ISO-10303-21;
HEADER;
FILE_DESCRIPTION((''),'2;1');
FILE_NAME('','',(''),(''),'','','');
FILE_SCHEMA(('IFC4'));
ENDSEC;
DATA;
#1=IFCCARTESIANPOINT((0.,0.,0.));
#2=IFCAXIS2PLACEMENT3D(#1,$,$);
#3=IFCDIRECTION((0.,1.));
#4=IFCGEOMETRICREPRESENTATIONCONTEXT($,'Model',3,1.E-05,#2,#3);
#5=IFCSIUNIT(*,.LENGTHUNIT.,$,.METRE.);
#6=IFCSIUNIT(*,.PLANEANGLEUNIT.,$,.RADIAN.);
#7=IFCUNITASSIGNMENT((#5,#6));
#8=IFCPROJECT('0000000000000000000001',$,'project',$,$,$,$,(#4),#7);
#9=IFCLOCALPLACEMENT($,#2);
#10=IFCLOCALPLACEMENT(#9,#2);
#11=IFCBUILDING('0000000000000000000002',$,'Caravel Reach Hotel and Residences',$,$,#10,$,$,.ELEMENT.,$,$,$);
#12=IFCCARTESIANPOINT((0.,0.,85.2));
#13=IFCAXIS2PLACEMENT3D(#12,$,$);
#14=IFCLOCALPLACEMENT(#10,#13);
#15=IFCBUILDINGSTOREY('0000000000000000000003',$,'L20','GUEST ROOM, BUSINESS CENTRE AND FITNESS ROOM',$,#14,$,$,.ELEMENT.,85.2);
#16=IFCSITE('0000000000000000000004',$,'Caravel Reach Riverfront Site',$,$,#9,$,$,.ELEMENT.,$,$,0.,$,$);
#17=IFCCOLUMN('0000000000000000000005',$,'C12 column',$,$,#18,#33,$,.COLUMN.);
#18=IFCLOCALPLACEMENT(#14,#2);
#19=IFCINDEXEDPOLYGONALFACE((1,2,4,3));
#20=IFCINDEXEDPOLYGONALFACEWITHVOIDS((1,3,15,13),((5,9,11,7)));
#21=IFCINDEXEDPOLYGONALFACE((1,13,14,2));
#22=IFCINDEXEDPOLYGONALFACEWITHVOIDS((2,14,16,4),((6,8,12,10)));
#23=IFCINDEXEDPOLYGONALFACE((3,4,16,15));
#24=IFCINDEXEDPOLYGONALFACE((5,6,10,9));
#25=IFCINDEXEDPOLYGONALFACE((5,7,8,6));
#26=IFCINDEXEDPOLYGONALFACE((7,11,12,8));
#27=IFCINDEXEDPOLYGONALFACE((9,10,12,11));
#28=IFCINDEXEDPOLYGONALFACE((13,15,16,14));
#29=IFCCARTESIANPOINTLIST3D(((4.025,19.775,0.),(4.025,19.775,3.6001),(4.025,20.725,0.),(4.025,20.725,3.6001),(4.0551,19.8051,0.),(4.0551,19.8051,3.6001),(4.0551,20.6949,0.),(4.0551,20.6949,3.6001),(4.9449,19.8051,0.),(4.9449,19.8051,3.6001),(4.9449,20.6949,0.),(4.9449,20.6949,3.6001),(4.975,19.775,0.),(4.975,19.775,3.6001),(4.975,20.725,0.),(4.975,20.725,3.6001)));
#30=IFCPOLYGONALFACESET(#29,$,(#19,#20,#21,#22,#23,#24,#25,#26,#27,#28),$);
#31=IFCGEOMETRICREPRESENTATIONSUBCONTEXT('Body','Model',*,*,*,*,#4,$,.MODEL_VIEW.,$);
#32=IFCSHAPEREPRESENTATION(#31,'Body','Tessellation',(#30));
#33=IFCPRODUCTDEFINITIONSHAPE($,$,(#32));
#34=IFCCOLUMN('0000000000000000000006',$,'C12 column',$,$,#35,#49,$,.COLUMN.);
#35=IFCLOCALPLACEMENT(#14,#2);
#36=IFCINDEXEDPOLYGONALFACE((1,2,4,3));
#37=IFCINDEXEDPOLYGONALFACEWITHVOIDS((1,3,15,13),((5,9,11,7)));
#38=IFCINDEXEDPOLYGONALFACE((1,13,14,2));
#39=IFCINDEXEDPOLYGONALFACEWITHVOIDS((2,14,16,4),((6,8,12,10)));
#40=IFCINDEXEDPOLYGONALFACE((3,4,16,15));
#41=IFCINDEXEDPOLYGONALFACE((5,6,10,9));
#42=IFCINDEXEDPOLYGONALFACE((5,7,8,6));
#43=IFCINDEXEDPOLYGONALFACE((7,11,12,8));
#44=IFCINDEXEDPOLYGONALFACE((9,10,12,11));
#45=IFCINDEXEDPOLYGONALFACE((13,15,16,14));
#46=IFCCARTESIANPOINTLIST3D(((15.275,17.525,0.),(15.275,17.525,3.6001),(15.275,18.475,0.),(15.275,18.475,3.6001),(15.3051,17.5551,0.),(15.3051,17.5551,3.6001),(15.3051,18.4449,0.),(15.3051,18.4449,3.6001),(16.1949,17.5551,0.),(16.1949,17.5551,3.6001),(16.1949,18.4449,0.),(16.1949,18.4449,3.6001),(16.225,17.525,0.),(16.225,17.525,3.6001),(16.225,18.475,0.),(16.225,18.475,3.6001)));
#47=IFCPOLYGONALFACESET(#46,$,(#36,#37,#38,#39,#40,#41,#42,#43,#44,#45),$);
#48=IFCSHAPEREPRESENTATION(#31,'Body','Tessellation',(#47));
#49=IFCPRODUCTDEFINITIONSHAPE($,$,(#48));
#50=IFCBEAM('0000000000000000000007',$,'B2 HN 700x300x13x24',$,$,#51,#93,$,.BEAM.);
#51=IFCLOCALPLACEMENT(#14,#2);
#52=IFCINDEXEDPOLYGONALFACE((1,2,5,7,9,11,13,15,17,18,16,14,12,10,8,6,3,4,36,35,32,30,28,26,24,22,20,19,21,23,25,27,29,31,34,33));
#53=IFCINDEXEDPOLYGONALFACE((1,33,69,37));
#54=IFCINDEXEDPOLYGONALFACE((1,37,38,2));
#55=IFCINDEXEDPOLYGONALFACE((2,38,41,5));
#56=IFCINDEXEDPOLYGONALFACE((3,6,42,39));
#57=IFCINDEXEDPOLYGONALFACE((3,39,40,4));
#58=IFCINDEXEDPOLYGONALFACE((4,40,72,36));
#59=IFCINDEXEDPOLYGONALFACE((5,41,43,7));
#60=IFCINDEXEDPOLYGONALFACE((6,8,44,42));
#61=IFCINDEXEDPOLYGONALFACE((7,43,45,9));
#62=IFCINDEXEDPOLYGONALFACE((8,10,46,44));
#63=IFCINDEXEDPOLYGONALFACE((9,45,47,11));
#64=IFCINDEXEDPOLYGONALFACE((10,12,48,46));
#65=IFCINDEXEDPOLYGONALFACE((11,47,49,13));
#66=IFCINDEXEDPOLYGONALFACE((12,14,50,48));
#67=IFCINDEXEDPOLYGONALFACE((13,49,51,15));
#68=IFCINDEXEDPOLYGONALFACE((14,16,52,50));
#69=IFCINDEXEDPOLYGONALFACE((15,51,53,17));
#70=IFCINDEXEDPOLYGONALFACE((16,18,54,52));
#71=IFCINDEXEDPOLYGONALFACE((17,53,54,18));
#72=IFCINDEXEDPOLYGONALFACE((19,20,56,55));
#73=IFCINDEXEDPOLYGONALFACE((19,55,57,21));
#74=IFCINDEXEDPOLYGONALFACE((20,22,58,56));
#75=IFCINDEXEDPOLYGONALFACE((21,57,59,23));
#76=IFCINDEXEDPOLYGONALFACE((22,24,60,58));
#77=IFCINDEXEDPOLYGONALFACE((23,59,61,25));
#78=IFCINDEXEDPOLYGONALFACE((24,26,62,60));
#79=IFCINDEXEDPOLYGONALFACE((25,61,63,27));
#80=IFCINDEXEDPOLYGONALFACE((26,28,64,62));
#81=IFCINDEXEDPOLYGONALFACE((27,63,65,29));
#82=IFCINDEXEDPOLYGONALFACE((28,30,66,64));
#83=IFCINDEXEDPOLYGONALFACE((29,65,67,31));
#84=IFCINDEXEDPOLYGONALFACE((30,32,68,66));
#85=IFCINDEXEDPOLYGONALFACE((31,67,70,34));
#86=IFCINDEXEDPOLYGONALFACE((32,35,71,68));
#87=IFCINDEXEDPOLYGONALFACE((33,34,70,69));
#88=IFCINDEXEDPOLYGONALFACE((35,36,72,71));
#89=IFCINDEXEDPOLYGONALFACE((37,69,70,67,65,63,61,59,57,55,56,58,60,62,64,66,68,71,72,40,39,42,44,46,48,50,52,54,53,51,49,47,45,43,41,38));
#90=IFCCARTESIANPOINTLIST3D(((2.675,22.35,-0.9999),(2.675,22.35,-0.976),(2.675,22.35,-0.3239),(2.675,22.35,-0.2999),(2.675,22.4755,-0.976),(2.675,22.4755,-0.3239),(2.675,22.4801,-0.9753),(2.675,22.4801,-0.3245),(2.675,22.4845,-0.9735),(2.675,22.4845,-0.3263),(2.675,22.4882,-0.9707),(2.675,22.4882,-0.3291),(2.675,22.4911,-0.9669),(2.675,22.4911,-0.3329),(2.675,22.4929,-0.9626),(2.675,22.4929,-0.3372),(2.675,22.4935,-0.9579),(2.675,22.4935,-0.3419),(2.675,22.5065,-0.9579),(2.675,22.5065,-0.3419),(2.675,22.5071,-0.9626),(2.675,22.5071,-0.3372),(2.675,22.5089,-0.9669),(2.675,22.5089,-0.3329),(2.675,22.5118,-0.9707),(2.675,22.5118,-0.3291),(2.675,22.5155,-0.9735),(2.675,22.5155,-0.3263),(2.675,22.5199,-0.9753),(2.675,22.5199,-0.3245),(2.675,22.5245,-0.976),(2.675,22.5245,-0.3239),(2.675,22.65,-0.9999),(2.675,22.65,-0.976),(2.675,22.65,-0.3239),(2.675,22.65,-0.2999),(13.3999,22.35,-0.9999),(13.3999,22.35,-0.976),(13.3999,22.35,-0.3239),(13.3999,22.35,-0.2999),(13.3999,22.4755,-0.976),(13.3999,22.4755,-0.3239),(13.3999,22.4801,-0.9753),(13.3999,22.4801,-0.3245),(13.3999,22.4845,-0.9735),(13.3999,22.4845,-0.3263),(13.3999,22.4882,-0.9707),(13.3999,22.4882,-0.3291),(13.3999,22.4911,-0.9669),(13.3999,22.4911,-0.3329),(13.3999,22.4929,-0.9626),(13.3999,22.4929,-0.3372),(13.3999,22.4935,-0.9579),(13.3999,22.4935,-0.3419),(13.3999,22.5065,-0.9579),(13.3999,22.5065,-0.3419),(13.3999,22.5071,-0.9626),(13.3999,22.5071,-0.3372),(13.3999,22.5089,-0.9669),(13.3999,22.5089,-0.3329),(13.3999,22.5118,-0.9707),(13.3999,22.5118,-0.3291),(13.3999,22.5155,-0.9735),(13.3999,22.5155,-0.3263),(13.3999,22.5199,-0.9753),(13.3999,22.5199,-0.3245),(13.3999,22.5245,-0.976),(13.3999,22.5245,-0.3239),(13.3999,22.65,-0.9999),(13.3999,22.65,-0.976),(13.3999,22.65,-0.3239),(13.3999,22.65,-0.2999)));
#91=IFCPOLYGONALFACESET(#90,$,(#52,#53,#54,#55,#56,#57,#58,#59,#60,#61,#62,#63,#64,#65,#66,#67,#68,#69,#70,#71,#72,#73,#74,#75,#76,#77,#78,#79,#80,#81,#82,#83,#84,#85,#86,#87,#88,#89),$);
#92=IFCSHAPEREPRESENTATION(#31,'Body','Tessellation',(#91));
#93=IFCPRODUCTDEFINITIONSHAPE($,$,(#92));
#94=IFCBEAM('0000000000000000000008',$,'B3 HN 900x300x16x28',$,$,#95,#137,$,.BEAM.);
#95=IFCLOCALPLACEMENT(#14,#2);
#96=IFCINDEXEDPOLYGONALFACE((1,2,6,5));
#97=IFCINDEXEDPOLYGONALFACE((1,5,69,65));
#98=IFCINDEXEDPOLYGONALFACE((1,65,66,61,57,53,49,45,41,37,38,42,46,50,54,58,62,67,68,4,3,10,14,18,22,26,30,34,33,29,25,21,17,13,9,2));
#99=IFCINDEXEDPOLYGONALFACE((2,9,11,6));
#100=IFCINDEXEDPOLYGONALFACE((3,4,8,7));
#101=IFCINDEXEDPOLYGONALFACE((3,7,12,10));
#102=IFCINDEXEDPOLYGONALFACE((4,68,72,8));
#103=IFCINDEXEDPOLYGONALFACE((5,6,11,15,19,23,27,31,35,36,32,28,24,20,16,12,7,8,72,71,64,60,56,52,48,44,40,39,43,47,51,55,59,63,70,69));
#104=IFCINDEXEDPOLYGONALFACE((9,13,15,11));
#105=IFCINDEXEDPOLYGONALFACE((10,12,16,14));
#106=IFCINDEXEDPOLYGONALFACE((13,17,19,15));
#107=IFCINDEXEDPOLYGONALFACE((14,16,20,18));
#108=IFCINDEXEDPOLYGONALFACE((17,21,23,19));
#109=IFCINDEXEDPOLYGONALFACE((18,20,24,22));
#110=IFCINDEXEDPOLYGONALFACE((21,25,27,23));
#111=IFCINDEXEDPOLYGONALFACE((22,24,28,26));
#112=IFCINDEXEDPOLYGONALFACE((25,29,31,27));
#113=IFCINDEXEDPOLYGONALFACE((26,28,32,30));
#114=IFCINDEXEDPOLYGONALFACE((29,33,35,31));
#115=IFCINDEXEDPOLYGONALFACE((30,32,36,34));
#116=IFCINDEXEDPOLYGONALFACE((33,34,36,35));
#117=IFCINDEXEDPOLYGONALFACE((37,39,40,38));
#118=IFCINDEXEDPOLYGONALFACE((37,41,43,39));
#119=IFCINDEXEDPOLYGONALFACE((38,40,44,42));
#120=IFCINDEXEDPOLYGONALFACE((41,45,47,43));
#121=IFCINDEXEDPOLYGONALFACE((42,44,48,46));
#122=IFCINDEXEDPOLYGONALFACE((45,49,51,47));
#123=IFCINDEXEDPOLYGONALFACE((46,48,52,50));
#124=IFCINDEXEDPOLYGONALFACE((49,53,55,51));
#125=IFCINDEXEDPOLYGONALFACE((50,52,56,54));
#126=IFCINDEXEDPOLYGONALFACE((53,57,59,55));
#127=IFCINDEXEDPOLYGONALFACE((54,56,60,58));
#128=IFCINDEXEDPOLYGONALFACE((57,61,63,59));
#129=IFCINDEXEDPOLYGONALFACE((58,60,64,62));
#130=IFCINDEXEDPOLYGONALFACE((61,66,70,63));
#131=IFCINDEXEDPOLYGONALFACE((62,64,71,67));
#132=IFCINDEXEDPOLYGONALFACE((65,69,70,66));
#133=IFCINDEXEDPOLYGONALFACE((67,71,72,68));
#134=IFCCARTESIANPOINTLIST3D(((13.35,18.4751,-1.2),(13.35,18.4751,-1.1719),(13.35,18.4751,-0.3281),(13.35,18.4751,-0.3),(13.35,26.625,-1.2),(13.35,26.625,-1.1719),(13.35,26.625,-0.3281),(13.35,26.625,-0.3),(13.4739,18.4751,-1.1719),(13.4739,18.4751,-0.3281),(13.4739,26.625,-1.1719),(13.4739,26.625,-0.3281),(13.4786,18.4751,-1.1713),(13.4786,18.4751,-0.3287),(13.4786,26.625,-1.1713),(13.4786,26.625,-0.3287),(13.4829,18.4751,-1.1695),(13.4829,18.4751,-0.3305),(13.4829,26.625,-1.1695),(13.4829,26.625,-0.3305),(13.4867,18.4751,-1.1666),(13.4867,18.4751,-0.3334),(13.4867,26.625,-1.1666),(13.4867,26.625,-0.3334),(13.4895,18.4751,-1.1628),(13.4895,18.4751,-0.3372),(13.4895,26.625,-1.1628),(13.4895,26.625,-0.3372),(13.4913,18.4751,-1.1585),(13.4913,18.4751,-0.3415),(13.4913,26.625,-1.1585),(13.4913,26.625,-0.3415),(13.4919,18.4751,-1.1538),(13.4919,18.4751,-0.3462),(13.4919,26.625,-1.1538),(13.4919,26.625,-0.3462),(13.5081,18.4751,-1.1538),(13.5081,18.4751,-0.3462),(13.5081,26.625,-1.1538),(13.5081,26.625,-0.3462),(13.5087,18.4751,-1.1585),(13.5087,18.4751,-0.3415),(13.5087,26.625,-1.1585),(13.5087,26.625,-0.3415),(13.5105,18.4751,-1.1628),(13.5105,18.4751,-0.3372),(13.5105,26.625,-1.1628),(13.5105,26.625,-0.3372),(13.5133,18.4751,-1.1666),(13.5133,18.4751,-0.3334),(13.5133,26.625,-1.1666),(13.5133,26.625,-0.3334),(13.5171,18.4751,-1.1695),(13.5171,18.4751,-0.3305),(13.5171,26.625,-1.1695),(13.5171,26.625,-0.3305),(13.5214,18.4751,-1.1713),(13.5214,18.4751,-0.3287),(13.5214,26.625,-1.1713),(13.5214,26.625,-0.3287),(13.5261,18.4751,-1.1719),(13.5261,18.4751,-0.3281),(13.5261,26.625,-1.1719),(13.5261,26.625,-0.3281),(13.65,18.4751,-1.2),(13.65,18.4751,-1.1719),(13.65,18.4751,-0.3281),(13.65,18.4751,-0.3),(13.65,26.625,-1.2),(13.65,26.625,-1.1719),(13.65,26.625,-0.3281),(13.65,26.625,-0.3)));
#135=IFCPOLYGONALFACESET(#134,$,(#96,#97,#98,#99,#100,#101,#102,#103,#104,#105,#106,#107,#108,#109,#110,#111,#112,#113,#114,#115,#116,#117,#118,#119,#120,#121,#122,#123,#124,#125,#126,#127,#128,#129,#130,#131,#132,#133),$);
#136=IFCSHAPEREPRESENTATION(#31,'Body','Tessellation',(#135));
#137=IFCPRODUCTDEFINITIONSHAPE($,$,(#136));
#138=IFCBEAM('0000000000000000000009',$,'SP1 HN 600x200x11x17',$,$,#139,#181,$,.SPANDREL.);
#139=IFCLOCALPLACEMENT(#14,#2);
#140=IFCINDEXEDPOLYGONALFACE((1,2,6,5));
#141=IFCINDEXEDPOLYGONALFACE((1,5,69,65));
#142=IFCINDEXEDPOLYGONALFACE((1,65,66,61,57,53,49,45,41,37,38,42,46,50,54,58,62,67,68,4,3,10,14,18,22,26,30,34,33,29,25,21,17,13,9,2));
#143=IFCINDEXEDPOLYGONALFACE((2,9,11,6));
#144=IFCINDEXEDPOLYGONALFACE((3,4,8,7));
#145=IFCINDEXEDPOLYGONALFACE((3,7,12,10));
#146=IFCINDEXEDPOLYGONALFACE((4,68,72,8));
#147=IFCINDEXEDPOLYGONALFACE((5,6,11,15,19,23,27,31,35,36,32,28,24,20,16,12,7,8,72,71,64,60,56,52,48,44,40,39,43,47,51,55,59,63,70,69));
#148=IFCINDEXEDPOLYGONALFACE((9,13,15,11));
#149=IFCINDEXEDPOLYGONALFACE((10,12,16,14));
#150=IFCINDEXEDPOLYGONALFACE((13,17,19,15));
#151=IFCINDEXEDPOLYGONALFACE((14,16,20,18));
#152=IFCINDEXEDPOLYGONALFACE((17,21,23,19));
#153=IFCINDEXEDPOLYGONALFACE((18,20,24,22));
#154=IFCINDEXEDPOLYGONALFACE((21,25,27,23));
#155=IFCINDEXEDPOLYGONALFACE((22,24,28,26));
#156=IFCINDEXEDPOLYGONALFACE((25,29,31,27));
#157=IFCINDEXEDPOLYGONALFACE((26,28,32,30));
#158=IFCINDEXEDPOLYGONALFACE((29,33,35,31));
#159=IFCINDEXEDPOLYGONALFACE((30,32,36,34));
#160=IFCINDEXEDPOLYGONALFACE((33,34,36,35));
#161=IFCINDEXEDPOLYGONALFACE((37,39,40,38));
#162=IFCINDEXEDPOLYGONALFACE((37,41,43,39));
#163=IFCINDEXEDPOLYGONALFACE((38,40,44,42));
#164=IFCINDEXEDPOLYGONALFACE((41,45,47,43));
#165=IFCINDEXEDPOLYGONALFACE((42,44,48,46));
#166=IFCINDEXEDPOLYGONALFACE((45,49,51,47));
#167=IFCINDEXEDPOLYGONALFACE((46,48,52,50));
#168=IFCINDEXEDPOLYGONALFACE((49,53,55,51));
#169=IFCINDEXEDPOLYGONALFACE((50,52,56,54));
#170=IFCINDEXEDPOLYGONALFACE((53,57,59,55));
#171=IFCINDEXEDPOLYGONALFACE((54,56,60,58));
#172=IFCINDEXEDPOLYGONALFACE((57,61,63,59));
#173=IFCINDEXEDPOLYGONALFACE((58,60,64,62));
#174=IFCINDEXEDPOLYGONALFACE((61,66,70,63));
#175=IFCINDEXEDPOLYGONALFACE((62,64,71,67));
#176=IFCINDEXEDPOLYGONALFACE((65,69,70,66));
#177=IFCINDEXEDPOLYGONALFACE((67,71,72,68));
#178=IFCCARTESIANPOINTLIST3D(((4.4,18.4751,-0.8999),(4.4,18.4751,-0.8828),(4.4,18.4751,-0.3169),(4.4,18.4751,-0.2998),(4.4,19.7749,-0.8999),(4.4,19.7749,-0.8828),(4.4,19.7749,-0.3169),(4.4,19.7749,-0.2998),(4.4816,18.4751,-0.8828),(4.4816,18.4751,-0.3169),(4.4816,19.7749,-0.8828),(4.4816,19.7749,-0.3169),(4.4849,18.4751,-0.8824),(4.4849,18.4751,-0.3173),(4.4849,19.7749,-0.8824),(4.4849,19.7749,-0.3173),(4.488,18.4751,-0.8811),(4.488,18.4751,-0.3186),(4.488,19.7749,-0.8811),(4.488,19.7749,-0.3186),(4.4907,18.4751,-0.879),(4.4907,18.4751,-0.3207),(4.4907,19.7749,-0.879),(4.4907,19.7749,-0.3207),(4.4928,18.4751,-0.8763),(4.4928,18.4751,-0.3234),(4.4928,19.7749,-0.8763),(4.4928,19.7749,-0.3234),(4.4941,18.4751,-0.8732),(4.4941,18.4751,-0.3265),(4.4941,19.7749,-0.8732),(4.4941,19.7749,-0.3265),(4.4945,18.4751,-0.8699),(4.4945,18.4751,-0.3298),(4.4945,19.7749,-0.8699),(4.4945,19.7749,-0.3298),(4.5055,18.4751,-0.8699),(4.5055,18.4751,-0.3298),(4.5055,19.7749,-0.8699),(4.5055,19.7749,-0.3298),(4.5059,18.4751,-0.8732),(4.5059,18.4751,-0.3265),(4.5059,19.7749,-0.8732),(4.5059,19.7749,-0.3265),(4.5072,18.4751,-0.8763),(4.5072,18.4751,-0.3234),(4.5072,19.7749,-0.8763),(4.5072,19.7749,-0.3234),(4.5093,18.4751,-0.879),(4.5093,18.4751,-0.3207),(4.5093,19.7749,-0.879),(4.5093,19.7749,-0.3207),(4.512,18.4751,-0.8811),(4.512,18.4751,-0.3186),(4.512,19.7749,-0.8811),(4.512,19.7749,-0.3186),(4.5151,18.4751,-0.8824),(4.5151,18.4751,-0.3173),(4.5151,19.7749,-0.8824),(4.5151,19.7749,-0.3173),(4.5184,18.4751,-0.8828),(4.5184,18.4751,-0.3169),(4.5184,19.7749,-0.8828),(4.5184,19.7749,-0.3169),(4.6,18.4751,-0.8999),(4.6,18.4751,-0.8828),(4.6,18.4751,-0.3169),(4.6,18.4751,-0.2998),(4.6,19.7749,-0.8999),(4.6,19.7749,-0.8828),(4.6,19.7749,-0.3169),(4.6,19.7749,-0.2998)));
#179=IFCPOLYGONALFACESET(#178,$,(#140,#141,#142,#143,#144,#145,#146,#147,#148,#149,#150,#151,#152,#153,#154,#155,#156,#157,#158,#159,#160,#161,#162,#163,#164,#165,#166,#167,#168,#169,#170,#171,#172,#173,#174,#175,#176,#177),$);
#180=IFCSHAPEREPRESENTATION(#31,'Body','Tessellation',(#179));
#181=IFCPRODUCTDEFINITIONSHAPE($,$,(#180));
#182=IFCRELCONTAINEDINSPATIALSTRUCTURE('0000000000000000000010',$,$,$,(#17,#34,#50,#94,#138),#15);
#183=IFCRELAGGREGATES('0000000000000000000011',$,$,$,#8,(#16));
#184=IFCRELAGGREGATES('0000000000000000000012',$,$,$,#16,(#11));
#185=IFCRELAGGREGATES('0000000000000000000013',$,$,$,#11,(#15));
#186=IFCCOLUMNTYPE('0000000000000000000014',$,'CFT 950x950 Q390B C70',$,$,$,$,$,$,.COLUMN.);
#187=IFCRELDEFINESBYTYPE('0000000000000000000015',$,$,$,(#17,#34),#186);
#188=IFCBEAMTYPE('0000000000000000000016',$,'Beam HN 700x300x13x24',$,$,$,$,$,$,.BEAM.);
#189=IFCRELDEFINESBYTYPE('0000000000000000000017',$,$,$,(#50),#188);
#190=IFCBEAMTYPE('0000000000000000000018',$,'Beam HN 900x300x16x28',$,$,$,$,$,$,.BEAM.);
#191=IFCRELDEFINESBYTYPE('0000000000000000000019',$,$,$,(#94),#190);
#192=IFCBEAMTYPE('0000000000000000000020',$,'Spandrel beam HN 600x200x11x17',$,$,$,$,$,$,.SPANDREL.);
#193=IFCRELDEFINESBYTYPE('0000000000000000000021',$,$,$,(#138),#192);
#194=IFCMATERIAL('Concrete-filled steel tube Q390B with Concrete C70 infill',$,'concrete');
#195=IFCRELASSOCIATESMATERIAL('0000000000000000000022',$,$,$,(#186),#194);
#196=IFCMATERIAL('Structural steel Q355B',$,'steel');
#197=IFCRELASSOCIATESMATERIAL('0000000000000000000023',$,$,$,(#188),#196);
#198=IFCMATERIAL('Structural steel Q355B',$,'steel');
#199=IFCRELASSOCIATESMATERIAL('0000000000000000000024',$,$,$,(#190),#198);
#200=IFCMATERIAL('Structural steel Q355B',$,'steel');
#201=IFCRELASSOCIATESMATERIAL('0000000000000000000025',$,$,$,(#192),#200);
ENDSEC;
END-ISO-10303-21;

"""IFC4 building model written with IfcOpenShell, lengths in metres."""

from ifc_helpers import new_model, si_unit, direction, frame, origin, origin_2d, place, context, subcontext, project, spatial, hollow_rectangle, i_section, extrude, material, material_profile, profile_set, type_object, element, save


model = new_model("IFC4")

# Units and contexts
model_context = context("Model", 3, precision=1e-05, world=origin(), true_north=direction((0.0, 1.0)))
body_context = subcontext(model_context, "Body", "Model", "MODEL_VIEW")
ifc_project = project(units=[si_unit("LENGTHUNIT", "METRE"), si_unit("PLANEANGLEUNIT", "RADIAN")], contexts=[model_context])

# Site, building, storey
site_placement = place(None, origin())
site = spatial("IfcSite", under=ifc_project, at=site_placement, Name="Caravel Reach Riverfront Site", CompositionType="ELEMENT", RefElevation=0.0)
building_placement = place(site_placement, origin())
building = spatial("IfcBuilding", under=site, at=building_placement, Name="Caravel Reach Hotel and Residences", CompositionType="ELEMENT")
storey_placement = place(building_placement, frame((0.0, 0.0, 85.2)))
storey = spatial("IfcBuildingStorey", under=building, at=storey_placement, Name="L20", Description="GUEST ROOM, BUSINESS CENTRE AND FITNESS ROOM", CompositionType="ELEMENT", Elevation=85.2)

# Columns
ifc_material_1 = material(Name="Concrete-filled steel tube Q390B with Concrete C70 infill", Category="concrete")
ifc_material_profile_1 = material_profile(ifc_material_1, hollow_rectangle(XDim=0.95, YDim=0.95, WallThickness=0.03, at=origin_2d()), Name="RHS 950x950x30")
ifc_profile_set_1 = profile_set([ifc_material_profile_1], Name="Concrete-filled steel tube Q390B with Concrete C70 infill")
column_type = type_object("IfcColumnType", Name="CFT 950x950 Q390B C70", PredefinedType="COLUMN", material=ifc_profile_set_1)
for number, where, z_axis, x_axis, name in (
    (1, (4.5, 20.25, 0.0), (0.0, 0.0, 1.0), (1.0, 0.0, 0.0), "C12 column"),
    (2, (15.75, 18.0, 0.0), (0.0, 0.0, 1.0), (1.0, 0.0, 0.0), "C12 column"),
):
    element("IfcColumn", number, at=place(storey_placement, frame(where, z_axis=z_axis, x_axis=x_axis)), inside=storey, type_object=column_type, Name=name, PredefinedType="COLUMN", context=body_context, shape_type="SweptSolid", body=[
        extrude(hollow_rectangle(XDim=0.95, YDim=0.95, WallThickness=0.03, at=origin_2d()), origin(), (0.0, 0.0, 1.0), 3.6001),
    ])

# Beams
ifc_material_2 = material(Name="Structural steel Q355B", Category="steel")
ifc_material_profile_2 = material_profile(ifc_material_2, i_section(OverallWidth=0.3, OverallDepth=0.7, WebThickness=0.0129, FlangeThickness=0.0239, FilletRadius=0.0181, at=origin_2d()), Name="HN 700x300x13x24")
ifc_profile_set_2 = profile_set([ifc_material_profile_2], Name="Structural steel Q355B")
beam_type_1 = type_object("IfcBeamType", Name="Beam HN 700x300x13x24", PredefinedType="BEAM", material=ifc_profile_set_2)
beam_1_placement = place(storey_placement, frame((13.3999, 22.5, -0.6499), z_axis=(-1.0, 0.0, 0.0), x_axis=(0.0, -1.0, 0.0)))
element("IfcBeam", 3, at=beam_1_placement, inside=storey, type_object=beam_type_1, Name="B2 HN 700x300x13x24", PredefinedType="BEAM", context=body_context, shape_type="SweptSolid", body=[
    extrude(i_section(OverallWidth=0.3, OverallDepth=0.7, WebThickness=0.0129, FlangeThickness=0.0239, FilletRadius=0.0181, at=origin_2d()), origin(), (0.0, 0.0, 1.0), 10.7249),
])
ifc_material_3 = material(Name="Structural steel Q355B", Category="steel")
ifc_material_profile_3 = material_profile(ifc_material_3, i_section(OverallWidth=0.3, OverallDepth=0.8999, WebThickness=0.0161, FlangeThickness=0.0281, FilletRadius=0.0181, at=origin_2d()), Name="HN 900x300x16x28")
ifc_profile_set_3 = profile_set([ifc_material_profile_3], Name="Structural steel Q355B")
beam_type_2 = type_object("IfcBeamType", Name="Beam HN 900x300x16x28", PredefinedType="BEAM", material=ifc_profile_set_3)
beam_2_placement = place(storey_placement, frame((13.5, 18.4751, -0.75), z_axis=(0.0, 1.0, 0.0), x_axis=(-1.0, 0.0, 0.0)))
element("IfcBeam", 4, at=beam_2_placement, inside=storey, type_object=beam_type_2, Name="B3 HN 900x300x16x28", PredefinedType="BEAM", context=body_context, shape_type="SweptSolid", body=[
    extrude(i_section(OverallWidth=0.3, OverallDepth=0.8999, WebThickness=0.0161, FlangeThickness=0.0281, FilletRadius=0.0181, at=origin_2d()), origin(), (0.0, 0.0, 1.0), 8.1499),
])
ifc_material_4 = material(Name="Structural steel Q355B", Category="steel")
ifc_material_profile_4 = material_profile(ifc_material_4, i_section(OverallWidth=0.2, OverallDepth=0.6001, WebThickness=0.011, FlangeThickness=0.0171, FilletRadius=0.0129, at=origin_2d()), Name="HN 600x200x11x17")
ifc_profile_set_4 = profile_set([ifc_material_profile_4], Name="Structural steel Q355B")
beam_type_3 = type_object("IfcBeamType", Name="Spandrel beam HN 600x200x11x17", PredefinedType="SPANDREL", material=ifc_profile_set_4)
for number, where, z_axis, x_axis, name in (
    (5, (4.5, 19.7749, -0.5999), (0.0, -1.0, 0.0), (1.0, 0.0, 0.0), "SP1 HN 600x200x11x17"),
):
    element("IfcBeam", number, at=place(storey_placement, frame(where, z_axis=z_axis, x_axis=x_axis)), inside=storey, type_object=beam_type_3, Name=name, PredefinedType="SPANDREL", context=body_context, shape_type="SweptSolid", body=[
        extrude(i_section(OverallWidth=0.2, OverallDepth=0.6001, WebThickness=0.011, FlangeThickness=0.0171, FilletRadius=0.0129, at=origin_2d()), origin(), (0.0, 0.0, 1.0), 1.2998),
    ])

save(model, "model.ifc")
